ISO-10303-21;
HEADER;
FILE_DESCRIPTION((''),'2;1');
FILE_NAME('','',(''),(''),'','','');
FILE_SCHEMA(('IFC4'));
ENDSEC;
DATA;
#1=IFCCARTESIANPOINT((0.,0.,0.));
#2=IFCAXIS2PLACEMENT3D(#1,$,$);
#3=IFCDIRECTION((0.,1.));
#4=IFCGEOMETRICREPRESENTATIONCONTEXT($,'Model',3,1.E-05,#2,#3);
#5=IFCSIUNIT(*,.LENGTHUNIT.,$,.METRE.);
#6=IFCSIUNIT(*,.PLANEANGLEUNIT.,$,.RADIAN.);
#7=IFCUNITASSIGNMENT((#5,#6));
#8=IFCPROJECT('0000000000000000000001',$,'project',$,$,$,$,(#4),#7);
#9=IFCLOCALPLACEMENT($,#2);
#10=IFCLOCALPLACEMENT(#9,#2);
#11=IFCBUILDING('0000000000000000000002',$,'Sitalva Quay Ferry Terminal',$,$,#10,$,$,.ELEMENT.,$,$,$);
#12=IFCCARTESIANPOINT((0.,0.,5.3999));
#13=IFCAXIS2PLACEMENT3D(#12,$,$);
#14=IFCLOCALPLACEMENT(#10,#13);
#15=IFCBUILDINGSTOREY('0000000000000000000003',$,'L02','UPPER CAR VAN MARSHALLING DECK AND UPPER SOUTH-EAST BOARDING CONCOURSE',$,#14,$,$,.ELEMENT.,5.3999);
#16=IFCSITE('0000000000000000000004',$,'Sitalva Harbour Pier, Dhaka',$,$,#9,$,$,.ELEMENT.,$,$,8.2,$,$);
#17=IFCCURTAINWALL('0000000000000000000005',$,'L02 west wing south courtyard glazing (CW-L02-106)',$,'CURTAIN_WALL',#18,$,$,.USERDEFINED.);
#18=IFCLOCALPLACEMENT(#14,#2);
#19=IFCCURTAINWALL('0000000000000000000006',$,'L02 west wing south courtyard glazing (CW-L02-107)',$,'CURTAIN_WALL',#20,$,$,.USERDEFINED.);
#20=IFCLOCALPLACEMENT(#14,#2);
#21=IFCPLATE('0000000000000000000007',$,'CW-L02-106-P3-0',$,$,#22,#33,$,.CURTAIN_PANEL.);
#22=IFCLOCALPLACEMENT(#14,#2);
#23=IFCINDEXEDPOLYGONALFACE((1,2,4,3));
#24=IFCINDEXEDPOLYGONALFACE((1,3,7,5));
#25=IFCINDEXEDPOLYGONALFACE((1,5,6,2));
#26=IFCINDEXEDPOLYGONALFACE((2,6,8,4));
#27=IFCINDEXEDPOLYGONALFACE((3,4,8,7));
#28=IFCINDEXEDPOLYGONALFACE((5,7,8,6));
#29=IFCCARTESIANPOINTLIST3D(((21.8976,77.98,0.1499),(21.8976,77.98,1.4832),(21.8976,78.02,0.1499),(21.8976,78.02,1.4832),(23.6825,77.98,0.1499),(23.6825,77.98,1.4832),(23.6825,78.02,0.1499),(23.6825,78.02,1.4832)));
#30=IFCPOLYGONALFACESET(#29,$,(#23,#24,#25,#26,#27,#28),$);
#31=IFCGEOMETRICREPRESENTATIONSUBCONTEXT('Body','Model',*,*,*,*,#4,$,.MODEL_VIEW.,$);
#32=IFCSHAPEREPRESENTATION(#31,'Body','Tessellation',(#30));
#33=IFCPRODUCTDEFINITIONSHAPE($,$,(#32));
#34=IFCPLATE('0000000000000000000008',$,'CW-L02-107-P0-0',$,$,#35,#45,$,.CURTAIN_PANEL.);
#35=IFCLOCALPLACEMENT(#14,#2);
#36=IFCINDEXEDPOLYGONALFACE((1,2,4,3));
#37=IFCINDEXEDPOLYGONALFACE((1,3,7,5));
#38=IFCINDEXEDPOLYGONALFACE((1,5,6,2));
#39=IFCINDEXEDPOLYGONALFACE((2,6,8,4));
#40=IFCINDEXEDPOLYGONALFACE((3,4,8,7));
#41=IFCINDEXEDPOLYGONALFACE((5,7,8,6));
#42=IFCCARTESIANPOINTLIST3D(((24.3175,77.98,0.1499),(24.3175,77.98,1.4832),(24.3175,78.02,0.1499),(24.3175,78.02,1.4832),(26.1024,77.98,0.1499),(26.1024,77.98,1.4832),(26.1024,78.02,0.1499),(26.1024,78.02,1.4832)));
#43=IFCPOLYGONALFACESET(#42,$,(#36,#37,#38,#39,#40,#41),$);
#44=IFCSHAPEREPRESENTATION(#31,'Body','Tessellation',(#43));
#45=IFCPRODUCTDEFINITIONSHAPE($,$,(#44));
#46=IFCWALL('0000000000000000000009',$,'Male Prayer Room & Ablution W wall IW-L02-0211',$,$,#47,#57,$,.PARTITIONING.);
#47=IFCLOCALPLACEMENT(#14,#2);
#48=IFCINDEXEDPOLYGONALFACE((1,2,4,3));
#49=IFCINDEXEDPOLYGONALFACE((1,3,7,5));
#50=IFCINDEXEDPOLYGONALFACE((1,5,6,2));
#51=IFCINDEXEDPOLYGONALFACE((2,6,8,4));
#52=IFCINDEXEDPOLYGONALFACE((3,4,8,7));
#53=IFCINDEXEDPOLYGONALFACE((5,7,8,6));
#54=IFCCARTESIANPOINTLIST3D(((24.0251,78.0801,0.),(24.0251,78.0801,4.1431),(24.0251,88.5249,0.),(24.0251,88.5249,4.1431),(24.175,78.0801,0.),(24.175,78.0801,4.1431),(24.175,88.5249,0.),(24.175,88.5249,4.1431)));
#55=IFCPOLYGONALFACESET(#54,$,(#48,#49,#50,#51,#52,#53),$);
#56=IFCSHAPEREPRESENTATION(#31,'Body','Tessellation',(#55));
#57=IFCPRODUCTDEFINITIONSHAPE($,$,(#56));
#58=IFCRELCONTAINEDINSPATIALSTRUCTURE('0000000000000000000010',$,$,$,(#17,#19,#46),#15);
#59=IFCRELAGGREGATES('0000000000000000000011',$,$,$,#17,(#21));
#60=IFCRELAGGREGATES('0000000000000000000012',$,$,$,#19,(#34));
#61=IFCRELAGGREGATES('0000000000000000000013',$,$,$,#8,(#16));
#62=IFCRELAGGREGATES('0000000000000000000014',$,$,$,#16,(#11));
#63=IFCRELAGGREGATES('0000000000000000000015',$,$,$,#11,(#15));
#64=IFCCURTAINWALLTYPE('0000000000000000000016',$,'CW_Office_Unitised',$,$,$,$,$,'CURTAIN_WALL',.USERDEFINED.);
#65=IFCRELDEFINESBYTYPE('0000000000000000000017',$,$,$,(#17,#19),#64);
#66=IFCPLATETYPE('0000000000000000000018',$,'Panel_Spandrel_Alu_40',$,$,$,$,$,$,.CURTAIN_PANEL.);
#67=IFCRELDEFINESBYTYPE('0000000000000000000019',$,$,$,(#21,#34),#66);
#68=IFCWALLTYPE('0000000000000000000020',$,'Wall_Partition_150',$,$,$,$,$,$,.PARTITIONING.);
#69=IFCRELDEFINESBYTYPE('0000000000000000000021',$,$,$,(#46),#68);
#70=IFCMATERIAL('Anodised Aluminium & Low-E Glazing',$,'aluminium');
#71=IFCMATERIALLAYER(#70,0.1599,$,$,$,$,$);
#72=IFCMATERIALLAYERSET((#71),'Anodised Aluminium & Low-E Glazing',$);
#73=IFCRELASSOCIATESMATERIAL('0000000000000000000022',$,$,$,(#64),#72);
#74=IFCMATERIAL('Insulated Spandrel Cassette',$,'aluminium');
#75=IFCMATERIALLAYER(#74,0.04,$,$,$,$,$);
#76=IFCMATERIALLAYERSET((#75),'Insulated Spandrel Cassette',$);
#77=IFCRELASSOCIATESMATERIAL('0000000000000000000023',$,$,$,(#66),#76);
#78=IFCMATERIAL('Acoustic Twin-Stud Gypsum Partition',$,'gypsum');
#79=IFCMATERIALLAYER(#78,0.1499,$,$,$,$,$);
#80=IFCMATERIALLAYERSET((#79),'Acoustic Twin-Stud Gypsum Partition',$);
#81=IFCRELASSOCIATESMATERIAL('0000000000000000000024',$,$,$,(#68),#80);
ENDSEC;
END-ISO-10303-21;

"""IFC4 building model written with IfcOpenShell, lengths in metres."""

from ifc_helpers import new_model, si_unit, direction, frame, frame_2d, origin, origin_2d, place, context, subcontext, project, spatial, rectangle, extrude, material, layer, layer_set, type_object, element, aggregate, save


model = new_model("IFC4")

# Units and contexts
model_context = context("Model", 3, precision=1e-05, world=origin(), true_north=direction((0.0, 1.0)))
body_context = subcontext(model_context, "Body", "Model", "MODEL_VIEW")
ifc_project = project(units=[si_unit("LENGTHUNIT", "METRE"), si_unit("PLANEANGLEUNIT", "RADIAN")], contexts=[model_context])

# Site, building, storey
site_placement = place(None, origin())
site = spatial("IfcSite", under=ifc_project, at=site_placement, Name="Sitalva Harbour Pier, Dhaka", CompositionType="ELEMENT", RefElevation=8.2)
building_placement = place(site_placement, origin())
building = spatial("IfcBuilding", under=site, at=building_placement, Name="Sitalva Quay Ferry Terminal", CompositionType="ELEMENT")
storey_placement = place(building_placement, frame((0.0, 0.0, 5.3999)))
storey = spatial("IfcBuildingStorey", under=building, at=storey_placement, Name="L02", Description="UPPER CAR VAN MARSHALLING DECK AND UPPER SOUTH-EAST BOARDING CONCOURSE", CompositionType="ELEMENT", Elevation=5.3999)

# Curtain walls
ifc_material_1 = material(Name="Anodised Aluminium & Low-E Glazing", Category="aluminium")
ifc_layer_1 = layer(ifc_material_1, 0.1599)
ifc_layer_set_1 = layer_set([ifc_layer_1], Name="Anodised Aluminium & Low-E Glazing")
curtain_wall_type = type_object("IfcCurtainWallType", Name="CW_Office_Unitised", ElementType="CURTAIN_WALL", PredefinedType="USERDEFINED", material=ifc_layer_set_1)
curtain_wall_1_placement = place(storey_placement, origin())
curtain_wall_1 = element("IfcCurtainWall", 1, at=curtain_wall_1_placement, inside=storey, type_object=curtain_wall_type, Name="L02 west wing south courtyard glazing (CW-L02-106)", ObjectType="CURTAIN_WALL", PredefinedType="USERDEFINED")
curtain_wall_2_placement = place(storey_placement, origin())
curtain_wall_2 = element("IfcCurtainWall", 2, at=curtain_wall_2_placement, inside=storey, type_object=curtain_wall_type, Name="L02 west wing south courtyard glazing (CW-L02-107)", ObjectType="CURTAIN_WALL", PredefinedType="USERDEFINED")

# Plates
ifc_material_2 = material(Name="Insulated Spandrel Cassette", Category="aluminium")
ifc_layer_2 = layer(ifc_material_2, 0.04)
ifc_layer_set_2 = layer_set([ifc_layer_2], Name="Insulated Spandrel Cassette")
plate_type_1 = type_object("IfcPlateType", Name="Panel_Spandrel_Alu_40", PredefinedType="CURTAIN_PANEL", material=ifc_layer_set_2)
plate_1_placement = place(storey_placement, frame((22.79, 78.0, 0.1499), z_axis=(0.0, 0.0, 1.0), x_axis=(1.0, 0.0, 0.0)))
plate_1 = element("IfcPlate", 3, at=plate_1_placement, type_object=plate_type_1, Name="CW-L02-106-P3-0", PredefinedType="CURTAIN_PANEL", context=body_context, shape_type="SweptSolid", body=[
    extrude(rectangle(XDim=1.7849, YDim=0.04, at=origin_2d()), origin(), (0.0, 0.0, 1.0), 1.3333),
])
aggregate(curtain_wall_1, [plate_1])
plate_2_placement = place(storey_placement, frame((25.21, 78.0, 0.1499), z_axis=(0.0, 0.0, 1.0), x_axis=(1.0, 0.0, 0.0)))
plate_2 = element("IfcPlate", 4, at=plate_2_placement, type_object=plate_type_1, Name="CW-L02-107-P0-0", PredefinedType="CURTAIN_PANEL", context=body_context, shape_type="SweptSolid", body=[
    extrude(rectangle(XDim=1.7849, YDim=0.04, at=origin_2d()), origin(), (0.0, 0.0, 1.0), 1.3333),
])
aggregate(curtain_wall_2, [plate_2])

# Wall
ifc_material_3 = material(Name="Acoustic Twin-Stud Gypsum Partition", Category="gypsum")
ifc_layer_3 = layer(ifc_material_3, 0.1499)
ifc_layer_set_3 = layer_set([ifc_layer_3], Name="Acoustic Twin-Stud Gypsum Partition")
wall_type = type_object("IfcWallType", Name="Wall_Partition_150", PredefinedType="PARTITIONING", material=ifc_layer_set_3)
wall_placement = place(storey_placement, frame((24.1001, 78.0801, 0.0), z_axis=(0.0, 0.0, 1.0), x_axis=(0.0, 1.0, 0.0)))
element("IfcWall", 5, at=wall_placement, inside=storey, type_object=wall_type, Name="Male Prayer Room & Ablution W wall IW-L02-0211", PredefinedType="PARTITIONING", context=body_context, shape_type="SweptSolid", body=[
    extrude(rectangle(XDim=10.4448, YDim=0.1499, at=frame_2d((5.2224, 0.0))), origin(), (0.0, 0.0, 1.0), 4.1431),
])

save(model, "model.ifc")
